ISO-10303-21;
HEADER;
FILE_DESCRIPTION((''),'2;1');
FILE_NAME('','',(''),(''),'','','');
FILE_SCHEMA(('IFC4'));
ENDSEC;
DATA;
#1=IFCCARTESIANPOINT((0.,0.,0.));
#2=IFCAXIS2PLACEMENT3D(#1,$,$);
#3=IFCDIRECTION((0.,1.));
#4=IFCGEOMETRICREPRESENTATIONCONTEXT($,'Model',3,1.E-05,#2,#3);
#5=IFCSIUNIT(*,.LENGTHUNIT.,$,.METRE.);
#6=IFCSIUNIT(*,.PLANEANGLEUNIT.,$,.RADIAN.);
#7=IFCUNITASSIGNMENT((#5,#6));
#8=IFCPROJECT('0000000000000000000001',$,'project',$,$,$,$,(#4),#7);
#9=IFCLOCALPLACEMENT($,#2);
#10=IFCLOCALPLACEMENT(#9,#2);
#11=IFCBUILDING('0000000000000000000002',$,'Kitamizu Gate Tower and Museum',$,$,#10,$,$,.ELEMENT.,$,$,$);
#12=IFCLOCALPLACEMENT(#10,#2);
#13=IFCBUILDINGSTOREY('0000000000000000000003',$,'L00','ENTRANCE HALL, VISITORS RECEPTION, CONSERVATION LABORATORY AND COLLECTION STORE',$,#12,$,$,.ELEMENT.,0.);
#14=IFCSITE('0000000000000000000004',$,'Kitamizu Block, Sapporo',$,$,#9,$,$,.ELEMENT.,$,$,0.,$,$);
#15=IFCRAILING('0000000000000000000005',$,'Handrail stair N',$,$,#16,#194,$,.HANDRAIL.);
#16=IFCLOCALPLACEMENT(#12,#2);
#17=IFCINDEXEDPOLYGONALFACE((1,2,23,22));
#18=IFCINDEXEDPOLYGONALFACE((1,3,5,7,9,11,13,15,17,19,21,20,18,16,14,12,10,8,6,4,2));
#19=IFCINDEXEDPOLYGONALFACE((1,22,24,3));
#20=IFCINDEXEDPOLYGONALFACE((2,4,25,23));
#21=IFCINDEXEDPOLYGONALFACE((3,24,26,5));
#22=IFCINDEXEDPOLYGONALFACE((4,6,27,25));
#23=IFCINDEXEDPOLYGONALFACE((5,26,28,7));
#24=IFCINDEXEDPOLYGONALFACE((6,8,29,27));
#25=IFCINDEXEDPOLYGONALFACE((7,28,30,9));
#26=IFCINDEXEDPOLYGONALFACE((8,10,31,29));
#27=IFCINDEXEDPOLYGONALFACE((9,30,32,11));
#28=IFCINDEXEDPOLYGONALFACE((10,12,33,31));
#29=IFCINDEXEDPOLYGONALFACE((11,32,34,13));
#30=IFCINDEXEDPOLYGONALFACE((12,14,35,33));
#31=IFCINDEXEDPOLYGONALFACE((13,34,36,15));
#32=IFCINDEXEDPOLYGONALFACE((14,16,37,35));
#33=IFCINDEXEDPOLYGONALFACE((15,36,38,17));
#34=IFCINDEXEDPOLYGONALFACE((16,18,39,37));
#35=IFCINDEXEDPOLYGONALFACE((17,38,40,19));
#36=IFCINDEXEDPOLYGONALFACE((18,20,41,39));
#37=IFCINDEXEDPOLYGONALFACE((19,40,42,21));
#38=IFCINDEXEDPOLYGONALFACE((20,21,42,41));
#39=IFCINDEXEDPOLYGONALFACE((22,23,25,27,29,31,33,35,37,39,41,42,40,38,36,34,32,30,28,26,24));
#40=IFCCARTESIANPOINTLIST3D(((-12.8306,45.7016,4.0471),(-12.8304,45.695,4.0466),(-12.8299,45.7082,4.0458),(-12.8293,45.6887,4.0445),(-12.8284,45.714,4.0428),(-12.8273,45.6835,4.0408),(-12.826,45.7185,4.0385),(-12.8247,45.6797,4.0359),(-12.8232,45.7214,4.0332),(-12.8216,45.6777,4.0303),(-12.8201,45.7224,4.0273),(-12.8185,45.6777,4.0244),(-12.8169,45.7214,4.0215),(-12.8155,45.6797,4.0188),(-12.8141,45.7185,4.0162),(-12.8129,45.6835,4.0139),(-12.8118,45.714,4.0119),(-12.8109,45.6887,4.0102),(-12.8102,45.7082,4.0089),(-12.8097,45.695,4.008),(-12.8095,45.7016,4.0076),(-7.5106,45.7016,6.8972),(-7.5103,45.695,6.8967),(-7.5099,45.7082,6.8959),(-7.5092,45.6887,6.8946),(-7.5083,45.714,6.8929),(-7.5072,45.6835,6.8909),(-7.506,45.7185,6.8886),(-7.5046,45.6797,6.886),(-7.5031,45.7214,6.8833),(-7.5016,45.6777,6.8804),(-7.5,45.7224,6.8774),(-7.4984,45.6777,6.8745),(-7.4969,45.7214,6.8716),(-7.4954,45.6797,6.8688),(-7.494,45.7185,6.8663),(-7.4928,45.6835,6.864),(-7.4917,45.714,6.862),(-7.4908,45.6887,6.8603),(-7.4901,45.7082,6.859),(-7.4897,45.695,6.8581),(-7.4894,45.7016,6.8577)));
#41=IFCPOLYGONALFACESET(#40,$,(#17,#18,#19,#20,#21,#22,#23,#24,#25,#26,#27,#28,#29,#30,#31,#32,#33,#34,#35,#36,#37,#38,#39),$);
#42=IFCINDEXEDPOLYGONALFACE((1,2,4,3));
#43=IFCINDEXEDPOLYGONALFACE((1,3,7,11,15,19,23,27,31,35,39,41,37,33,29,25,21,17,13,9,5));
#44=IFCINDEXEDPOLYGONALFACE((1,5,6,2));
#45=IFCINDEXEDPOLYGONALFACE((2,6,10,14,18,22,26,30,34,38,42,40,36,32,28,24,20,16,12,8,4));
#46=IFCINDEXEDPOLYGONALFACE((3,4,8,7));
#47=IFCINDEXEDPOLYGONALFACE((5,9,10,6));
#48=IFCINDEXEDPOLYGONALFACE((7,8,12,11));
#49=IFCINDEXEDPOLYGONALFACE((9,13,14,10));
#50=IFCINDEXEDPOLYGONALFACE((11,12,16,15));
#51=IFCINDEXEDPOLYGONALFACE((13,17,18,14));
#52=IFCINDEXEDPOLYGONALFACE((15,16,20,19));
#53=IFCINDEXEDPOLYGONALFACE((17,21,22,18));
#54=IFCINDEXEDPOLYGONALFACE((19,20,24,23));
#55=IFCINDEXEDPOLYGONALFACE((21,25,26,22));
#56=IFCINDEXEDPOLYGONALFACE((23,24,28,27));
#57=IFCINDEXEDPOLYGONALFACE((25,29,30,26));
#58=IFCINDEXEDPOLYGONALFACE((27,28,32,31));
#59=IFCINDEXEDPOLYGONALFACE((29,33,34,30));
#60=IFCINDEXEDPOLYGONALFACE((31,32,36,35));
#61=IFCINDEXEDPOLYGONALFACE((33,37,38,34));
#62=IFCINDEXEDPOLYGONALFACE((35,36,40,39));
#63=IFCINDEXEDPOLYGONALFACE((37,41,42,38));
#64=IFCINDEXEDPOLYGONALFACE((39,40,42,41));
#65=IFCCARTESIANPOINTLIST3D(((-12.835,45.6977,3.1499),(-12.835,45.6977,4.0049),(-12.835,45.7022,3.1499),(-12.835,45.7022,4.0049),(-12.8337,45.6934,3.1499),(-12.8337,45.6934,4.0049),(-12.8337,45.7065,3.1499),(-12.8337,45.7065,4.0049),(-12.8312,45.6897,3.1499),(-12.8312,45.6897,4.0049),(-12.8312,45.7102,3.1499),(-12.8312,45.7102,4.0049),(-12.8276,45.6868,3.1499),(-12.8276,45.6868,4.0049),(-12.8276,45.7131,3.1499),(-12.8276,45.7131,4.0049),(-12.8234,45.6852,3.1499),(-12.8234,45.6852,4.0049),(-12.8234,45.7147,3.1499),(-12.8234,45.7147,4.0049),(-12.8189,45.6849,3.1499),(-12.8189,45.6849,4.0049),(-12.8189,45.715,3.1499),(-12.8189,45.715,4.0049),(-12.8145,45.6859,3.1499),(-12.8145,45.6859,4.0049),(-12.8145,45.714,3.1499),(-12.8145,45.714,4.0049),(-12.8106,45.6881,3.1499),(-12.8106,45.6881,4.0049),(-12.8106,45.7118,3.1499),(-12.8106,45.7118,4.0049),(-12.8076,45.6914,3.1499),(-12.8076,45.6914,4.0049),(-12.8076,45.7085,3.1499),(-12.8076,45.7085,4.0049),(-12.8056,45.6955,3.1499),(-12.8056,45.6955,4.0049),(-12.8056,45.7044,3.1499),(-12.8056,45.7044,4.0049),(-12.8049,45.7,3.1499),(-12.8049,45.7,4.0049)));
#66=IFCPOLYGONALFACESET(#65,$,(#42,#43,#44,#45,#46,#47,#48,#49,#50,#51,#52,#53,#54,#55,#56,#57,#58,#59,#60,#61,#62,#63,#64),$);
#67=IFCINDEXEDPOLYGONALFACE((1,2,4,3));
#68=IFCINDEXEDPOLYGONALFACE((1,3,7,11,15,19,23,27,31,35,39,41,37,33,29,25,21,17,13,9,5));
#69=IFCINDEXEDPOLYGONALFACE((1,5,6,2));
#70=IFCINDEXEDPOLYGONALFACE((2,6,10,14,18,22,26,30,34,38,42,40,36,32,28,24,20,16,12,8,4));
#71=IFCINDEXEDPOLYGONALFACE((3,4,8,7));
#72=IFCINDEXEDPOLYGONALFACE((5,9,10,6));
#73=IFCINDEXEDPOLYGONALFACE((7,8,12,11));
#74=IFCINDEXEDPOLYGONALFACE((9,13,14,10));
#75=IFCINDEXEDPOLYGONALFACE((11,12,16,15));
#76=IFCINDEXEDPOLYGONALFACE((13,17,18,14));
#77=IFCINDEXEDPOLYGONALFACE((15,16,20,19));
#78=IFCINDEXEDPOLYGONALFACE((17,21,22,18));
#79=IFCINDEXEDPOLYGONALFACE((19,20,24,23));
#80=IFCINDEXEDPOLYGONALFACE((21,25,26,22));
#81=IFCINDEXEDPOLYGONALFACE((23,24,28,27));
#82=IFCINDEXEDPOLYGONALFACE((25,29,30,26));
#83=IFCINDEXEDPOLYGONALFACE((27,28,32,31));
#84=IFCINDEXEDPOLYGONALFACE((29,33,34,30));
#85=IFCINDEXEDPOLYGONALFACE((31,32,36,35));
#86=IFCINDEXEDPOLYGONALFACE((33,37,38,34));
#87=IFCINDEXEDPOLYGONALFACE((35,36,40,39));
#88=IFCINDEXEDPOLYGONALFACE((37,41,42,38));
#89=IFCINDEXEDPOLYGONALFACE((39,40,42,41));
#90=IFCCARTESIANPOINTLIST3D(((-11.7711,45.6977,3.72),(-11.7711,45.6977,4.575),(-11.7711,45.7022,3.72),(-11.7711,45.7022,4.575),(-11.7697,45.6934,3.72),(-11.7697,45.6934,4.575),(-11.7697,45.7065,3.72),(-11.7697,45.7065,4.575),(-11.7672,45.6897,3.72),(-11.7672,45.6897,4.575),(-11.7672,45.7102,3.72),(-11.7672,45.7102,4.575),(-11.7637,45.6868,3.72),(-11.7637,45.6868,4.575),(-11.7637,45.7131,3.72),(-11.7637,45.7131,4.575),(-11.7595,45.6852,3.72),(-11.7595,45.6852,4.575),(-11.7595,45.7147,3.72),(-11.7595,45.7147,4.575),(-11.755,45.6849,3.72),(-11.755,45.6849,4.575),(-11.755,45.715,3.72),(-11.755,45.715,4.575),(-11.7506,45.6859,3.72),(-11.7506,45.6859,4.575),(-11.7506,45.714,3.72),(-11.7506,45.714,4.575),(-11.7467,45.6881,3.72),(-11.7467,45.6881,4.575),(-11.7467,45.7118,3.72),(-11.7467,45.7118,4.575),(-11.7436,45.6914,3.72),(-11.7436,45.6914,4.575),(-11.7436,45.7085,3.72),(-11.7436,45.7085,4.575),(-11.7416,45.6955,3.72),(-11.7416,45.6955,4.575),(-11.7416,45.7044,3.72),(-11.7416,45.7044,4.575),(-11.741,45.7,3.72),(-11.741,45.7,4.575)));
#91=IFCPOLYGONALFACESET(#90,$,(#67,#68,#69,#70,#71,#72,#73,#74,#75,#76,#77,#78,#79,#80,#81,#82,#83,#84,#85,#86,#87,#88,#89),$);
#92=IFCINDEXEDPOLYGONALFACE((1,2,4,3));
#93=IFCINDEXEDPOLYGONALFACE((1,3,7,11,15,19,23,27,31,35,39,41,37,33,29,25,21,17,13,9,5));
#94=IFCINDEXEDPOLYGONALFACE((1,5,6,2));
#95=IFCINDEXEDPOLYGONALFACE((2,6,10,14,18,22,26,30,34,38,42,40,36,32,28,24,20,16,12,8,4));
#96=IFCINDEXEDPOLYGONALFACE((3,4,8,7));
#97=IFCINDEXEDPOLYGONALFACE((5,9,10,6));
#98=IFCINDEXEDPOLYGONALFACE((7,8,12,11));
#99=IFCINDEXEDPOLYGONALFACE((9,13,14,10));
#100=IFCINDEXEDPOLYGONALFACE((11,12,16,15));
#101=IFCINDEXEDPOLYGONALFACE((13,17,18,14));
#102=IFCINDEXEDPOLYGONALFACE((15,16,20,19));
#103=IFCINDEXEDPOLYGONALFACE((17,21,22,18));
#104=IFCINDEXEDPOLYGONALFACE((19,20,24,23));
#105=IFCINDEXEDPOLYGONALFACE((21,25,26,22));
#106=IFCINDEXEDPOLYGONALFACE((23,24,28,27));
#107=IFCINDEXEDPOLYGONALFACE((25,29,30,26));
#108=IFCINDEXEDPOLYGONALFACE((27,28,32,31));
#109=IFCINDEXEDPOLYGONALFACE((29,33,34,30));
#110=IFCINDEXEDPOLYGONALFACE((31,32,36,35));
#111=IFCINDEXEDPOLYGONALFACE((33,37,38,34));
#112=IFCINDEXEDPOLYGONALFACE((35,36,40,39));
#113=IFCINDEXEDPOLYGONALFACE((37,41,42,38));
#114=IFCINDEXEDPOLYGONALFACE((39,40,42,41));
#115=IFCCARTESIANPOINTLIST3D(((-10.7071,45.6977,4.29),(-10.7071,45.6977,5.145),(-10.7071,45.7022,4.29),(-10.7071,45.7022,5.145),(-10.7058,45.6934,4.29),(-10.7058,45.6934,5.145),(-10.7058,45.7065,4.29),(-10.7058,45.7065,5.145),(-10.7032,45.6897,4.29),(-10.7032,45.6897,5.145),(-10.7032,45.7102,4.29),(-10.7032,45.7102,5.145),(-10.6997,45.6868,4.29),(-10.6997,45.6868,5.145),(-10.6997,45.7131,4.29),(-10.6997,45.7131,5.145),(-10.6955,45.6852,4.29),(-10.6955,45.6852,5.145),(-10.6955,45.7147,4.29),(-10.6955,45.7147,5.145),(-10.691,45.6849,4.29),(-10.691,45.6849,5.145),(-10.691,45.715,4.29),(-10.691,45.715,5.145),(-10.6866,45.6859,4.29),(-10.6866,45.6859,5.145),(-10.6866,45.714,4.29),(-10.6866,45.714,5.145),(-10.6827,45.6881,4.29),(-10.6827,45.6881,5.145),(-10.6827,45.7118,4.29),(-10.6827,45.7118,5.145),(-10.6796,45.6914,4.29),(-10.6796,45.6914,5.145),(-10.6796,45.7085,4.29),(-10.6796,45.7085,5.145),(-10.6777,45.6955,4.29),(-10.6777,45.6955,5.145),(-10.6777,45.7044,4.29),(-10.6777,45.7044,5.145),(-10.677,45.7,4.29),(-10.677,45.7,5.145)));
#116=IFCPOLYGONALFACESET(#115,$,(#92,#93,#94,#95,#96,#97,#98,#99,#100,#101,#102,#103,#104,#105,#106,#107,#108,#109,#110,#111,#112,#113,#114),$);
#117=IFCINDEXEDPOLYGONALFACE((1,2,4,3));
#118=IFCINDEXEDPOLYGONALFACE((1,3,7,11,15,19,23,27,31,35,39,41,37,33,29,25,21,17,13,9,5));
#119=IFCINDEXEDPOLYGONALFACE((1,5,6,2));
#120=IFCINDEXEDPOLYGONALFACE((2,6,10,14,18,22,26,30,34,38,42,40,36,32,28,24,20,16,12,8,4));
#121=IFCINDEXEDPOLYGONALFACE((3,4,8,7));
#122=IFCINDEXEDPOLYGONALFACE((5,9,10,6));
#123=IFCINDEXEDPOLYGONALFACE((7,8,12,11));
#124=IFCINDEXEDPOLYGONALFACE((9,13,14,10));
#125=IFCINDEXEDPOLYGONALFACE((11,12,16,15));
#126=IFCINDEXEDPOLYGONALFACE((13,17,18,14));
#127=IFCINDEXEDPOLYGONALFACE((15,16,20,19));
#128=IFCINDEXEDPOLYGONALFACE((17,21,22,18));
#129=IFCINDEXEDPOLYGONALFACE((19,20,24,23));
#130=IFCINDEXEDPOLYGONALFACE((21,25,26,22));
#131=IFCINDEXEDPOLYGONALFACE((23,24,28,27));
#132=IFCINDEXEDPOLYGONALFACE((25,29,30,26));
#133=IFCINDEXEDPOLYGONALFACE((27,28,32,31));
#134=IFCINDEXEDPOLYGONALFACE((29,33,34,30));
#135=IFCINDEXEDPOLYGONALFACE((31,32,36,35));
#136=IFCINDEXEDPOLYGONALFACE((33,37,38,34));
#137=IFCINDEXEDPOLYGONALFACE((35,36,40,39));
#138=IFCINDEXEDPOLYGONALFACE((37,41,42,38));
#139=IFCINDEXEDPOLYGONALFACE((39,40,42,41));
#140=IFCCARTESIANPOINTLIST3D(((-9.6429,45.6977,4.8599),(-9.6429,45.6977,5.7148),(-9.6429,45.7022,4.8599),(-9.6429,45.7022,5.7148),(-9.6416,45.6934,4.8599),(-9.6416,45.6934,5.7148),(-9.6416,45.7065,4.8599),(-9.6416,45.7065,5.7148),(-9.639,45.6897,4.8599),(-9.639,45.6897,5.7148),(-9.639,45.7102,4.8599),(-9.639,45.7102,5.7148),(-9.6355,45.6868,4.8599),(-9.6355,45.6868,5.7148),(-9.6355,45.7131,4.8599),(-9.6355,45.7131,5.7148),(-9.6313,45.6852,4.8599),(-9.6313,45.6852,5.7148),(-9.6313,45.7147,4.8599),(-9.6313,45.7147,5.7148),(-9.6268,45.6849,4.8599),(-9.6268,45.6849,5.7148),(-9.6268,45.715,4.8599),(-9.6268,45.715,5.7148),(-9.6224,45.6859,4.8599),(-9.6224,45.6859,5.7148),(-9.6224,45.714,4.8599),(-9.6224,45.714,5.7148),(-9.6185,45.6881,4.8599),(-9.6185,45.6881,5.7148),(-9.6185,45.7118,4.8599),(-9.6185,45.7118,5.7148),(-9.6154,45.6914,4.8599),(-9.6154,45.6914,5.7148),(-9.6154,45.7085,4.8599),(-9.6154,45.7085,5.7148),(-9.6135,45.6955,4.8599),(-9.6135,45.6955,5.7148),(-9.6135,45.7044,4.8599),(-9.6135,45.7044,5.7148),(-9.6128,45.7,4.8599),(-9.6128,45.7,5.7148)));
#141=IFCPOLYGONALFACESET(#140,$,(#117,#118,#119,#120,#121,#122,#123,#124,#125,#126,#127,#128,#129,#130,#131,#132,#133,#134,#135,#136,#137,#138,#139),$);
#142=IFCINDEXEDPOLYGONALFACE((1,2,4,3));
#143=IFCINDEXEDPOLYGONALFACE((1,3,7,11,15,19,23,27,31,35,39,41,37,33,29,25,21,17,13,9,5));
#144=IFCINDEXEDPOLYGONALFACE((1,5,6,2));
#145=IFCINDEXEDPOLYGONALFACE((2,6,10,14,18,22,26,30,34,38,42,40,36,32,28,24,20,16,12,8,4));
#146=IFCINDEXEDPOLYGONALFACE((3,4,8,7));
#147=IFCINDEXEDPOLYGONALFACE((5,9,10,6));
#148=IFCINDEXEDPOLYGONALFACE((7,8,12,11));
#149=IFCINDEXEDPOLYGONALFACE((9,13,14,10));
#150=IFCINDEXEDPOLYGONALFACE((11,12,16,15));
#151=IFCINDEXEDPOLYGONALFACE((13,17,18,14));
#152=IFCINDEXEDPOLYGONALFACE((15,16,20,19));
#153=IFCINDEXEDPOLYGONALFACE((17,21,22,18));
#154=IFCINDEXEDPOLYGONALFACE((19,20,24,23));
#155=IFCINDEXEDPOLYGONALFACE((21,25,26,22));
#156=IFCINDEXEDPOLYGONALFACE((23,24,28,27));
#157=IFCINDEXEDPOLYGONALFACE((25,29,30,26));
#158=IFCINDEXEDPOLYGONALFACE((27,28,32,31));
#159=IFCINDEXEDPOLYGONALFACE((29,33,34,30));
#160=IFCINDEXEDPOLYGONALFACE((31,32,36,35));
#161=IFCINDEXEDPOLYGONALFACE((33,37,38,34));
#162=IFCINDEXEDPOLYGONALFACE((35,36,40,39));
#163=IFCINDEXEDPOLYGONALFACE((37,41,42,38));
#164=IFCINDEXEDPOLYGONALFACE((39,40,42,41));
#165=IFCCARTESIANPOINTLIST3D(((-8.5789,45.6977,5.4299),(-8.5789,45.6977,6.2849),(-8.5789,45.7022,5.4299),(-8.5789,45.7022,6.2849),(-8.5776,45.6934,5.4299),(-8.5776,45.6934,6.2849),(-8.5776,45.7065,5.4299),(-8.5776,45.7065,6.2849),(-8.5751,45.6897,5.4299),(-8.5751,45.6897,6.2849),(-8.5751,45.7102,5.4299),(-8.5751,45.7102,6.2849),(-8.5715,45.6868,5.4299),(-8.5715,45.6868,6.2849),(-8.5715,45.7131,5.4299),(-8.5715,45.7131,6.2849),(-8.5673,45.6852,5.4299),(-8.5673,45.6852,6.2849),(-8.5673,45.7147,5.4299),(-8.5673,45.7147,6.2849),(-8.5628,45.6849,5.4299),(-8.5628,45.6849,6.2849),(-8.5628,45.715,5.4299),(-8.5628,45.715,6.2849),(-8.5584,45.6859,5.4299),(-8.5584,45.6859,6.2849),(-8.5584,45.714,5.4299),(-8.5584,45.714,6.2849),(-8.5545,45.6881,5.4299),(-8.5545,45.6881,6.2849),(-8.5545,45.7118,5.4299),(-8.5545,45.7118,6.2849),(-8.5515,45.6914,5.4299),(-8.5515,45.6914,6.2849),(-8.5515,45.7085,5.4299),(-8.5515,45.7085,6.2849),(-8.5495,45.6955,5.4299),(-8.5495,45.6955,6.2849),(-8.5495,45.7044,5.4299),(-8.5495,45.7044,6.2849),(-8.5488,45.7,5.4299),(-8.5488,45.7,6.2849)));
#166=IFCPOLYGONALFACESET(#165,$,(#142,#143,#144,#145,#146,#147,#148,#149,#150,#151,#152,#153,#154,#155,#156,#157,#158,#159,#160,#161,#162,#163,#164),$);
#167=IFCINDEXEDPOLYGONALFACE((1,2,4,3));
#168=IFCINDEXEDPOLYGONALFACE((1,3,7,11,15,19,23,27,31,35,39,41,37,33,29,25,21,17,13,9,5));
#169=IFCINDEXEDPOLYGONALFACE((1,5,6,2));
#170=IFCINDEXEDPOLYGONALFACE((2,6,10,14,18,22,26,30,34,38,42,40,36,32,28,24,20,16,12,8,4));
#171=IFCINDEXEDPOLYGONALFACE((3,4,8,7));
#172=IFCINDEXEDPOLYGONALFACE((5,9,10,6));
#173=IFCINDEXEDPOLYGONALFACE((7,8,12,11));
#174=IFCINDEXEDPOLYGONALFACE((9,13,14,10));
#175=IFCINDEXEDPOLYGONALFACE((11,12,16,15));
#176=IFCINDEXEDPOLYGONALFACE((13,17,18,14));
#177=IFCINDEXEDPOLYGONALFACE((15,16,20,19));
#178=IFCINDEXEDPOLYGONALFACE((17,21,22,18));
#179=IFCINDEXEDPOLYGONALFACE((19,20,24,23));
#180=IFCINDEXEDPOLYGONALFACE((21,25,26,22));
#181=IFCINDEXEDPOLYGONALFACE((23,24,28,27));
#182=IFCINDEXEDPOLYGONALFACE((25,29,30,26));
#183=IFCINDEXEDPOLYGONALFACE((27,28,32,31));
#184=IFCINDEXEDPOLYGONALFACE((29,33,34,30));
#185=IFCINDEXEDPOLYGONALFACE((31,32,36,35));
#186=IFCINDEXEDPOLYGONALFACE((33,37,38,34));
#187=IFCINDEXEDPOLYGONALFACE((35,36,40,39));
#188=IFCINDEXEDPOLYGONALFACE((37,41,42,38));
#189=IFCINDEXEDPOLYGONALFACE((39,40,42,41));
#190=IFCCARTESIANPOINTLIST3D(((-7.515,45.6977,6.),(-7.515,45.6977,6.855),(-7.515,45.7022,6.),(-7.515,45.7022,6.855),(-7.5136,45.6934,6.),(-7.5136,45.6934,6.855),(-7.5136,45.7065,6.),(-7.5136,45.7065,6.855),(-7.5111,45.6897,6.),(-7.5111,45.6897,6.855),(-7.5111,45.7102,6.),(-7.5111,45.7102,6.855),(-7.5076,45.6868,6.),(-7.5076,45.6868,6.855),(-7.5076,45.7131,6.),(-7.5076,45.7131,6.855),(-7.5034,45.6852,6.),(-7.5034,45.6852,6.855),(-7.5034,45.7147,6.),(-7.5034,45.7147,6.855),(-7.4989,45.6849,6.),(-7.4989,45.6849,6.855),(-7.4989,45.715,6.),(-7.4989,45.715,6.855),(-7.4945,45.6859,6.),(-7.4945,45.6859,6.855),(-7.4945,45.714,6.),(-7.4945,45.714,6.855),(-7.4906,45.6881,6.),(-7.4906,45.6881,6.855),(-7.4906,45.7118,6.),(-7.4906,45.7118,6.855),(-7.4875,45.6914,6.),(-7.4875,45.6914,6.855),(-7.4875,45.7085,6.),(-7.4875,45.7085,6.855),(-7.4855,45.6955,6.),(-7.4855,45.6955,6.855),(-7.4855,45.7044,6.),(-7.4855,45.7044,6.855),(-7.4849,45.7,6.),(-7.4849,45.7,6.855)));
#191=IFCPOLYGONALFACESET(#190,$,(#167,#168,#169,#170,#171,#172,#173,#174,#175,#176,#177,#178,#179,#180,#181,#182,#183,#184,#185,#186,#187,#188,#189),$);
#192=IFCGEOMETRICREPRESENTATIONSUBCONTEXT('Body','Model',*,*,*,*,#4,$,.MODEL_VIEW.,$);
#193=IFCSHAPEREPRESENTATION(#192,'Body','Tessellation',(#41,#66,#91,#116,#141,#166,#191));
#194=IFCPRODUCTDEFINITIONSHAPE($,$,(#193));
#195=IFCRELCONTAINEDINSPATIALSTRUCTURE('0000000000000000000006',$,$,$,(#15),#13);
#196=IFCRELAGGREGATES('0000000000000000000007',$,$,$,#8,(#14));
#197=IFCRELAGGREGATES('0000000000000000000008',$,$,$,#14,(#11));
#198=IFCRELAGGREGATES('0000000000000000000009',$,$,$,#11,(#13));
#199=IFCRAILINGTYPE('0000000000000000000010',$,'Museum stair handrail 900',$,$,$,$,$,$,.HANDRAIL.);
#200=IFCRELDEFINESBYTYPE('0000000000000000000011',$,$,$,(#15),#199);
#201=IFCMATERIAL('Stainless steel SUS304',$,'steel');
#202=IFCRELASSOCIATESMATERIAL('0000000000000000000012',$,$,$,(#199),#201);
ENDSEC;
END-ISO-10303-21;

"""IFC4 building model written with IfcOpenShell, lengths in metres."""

from ifc_helpers import new_model, si_unit, direction, frame, origin, origin_2d, place, context, subcontext, project, spatial, circle, extrude, material, type_object, element, save


model = new_model("IFC4")

# Units and contexts
model_context = context("Model", 3, precision=1e-05, world=origin(), true_north=direction((0.0, 1.0)))
body_context = subcontext(model_context, "Body", "Model", "MODEL_VIEW")
ifc_project = project(units=[si_unit("LENGTHUNIT", "METRE"), si_unit("PLANEANGLEUNIT", "RADIAN")], contexts=[model_context])

# Site, building, storey
site_placement = place(None, origin())
site = spatial("IfcSite", under=ifc_project, at=site_placement, Name="Kitamizu Block, Sapporo", CompositionType="ELEMENT", RefElevation=0.0)
building_placement = place(site_placement, origin())
building = spatial("IfcBuilding", under=site, at=building_placement, Name="Kitamizu Gate Tower and Museum", CompositionType="ELEMENT")
storey_placement = place(building_placement, origin())
storey = spatial("IfcBuildingStorey", under=building, at=storey_placement, Name="L00", Description="ENTRANCE HALL, VISITORS RECEPTION, CONSERVATION LABORATORY AND COLLECTION STORE", CompositionType="ELEMENT", Elevation=0.0)

# Railing
ifc_material_1 = material(Name="Stainless steel SUS304", Category="steel")
railing_type = type_object("IfcRailingType", Name="Museum stair handrail 900", PredefinedType="HANDRAIL", material=ifc_material_1)
for number, where, name in (
    (1, (-12.8201, 45.7, 3.1499), "Handrail stair N"),
):
    element("IfcRailing", number, at=place(storey_placement, frame(where)), inside=storey, type_object=railing_type, Name=name, PredefinedType="HANDRAIL", context=body_context, shape_type="SweptSolid", body=[
        extrude(circle(Radius=0.0225, at=origin_2d()), frame((0.0, 0.0, 0.8774), z_axis=(0.881476, 0.0, 0.472229), x_axis=(0.0, 1.0, 0.0)), (0.0, 0.0, 1.0), 6.0354),
        extrude(circle(Radius=0.0151, at=origin_2d()), origin(), (0.0, 0.0, 1.0), 0.855),
        extrude(circle(Radius=0.0151, at=origin_2d()), frame((1.064, 0.0, 0.5701)), (0.0, 0.0, 1.0), 0.855),
        extrude(circle(Radius=0.0151, at=origin_2d()), frame((2.1279, 0.0, 1.1401)), (0.0, 0.0, 1.0), 0.855),
        extrude(circle(Radius=0.0151, at=origin_2d()), frame((3.1921, 0.0, 1.71)), (0.0, 0.0, 1.0), 0.855),
        extrude(circle(Radius=0.0151, at=origin_2d()), frame((4.2561, 0.0, 2.28)), (0.0, 0.0, 1.0), 0.855),
        extrude(circle(Radius=0.0151, at=origin_2d()), frame((5.3201, 0.0, 2.8501)), (0.0, 0.0, 1.0), 0.855),
    ])

save(model, "model.ifc")
